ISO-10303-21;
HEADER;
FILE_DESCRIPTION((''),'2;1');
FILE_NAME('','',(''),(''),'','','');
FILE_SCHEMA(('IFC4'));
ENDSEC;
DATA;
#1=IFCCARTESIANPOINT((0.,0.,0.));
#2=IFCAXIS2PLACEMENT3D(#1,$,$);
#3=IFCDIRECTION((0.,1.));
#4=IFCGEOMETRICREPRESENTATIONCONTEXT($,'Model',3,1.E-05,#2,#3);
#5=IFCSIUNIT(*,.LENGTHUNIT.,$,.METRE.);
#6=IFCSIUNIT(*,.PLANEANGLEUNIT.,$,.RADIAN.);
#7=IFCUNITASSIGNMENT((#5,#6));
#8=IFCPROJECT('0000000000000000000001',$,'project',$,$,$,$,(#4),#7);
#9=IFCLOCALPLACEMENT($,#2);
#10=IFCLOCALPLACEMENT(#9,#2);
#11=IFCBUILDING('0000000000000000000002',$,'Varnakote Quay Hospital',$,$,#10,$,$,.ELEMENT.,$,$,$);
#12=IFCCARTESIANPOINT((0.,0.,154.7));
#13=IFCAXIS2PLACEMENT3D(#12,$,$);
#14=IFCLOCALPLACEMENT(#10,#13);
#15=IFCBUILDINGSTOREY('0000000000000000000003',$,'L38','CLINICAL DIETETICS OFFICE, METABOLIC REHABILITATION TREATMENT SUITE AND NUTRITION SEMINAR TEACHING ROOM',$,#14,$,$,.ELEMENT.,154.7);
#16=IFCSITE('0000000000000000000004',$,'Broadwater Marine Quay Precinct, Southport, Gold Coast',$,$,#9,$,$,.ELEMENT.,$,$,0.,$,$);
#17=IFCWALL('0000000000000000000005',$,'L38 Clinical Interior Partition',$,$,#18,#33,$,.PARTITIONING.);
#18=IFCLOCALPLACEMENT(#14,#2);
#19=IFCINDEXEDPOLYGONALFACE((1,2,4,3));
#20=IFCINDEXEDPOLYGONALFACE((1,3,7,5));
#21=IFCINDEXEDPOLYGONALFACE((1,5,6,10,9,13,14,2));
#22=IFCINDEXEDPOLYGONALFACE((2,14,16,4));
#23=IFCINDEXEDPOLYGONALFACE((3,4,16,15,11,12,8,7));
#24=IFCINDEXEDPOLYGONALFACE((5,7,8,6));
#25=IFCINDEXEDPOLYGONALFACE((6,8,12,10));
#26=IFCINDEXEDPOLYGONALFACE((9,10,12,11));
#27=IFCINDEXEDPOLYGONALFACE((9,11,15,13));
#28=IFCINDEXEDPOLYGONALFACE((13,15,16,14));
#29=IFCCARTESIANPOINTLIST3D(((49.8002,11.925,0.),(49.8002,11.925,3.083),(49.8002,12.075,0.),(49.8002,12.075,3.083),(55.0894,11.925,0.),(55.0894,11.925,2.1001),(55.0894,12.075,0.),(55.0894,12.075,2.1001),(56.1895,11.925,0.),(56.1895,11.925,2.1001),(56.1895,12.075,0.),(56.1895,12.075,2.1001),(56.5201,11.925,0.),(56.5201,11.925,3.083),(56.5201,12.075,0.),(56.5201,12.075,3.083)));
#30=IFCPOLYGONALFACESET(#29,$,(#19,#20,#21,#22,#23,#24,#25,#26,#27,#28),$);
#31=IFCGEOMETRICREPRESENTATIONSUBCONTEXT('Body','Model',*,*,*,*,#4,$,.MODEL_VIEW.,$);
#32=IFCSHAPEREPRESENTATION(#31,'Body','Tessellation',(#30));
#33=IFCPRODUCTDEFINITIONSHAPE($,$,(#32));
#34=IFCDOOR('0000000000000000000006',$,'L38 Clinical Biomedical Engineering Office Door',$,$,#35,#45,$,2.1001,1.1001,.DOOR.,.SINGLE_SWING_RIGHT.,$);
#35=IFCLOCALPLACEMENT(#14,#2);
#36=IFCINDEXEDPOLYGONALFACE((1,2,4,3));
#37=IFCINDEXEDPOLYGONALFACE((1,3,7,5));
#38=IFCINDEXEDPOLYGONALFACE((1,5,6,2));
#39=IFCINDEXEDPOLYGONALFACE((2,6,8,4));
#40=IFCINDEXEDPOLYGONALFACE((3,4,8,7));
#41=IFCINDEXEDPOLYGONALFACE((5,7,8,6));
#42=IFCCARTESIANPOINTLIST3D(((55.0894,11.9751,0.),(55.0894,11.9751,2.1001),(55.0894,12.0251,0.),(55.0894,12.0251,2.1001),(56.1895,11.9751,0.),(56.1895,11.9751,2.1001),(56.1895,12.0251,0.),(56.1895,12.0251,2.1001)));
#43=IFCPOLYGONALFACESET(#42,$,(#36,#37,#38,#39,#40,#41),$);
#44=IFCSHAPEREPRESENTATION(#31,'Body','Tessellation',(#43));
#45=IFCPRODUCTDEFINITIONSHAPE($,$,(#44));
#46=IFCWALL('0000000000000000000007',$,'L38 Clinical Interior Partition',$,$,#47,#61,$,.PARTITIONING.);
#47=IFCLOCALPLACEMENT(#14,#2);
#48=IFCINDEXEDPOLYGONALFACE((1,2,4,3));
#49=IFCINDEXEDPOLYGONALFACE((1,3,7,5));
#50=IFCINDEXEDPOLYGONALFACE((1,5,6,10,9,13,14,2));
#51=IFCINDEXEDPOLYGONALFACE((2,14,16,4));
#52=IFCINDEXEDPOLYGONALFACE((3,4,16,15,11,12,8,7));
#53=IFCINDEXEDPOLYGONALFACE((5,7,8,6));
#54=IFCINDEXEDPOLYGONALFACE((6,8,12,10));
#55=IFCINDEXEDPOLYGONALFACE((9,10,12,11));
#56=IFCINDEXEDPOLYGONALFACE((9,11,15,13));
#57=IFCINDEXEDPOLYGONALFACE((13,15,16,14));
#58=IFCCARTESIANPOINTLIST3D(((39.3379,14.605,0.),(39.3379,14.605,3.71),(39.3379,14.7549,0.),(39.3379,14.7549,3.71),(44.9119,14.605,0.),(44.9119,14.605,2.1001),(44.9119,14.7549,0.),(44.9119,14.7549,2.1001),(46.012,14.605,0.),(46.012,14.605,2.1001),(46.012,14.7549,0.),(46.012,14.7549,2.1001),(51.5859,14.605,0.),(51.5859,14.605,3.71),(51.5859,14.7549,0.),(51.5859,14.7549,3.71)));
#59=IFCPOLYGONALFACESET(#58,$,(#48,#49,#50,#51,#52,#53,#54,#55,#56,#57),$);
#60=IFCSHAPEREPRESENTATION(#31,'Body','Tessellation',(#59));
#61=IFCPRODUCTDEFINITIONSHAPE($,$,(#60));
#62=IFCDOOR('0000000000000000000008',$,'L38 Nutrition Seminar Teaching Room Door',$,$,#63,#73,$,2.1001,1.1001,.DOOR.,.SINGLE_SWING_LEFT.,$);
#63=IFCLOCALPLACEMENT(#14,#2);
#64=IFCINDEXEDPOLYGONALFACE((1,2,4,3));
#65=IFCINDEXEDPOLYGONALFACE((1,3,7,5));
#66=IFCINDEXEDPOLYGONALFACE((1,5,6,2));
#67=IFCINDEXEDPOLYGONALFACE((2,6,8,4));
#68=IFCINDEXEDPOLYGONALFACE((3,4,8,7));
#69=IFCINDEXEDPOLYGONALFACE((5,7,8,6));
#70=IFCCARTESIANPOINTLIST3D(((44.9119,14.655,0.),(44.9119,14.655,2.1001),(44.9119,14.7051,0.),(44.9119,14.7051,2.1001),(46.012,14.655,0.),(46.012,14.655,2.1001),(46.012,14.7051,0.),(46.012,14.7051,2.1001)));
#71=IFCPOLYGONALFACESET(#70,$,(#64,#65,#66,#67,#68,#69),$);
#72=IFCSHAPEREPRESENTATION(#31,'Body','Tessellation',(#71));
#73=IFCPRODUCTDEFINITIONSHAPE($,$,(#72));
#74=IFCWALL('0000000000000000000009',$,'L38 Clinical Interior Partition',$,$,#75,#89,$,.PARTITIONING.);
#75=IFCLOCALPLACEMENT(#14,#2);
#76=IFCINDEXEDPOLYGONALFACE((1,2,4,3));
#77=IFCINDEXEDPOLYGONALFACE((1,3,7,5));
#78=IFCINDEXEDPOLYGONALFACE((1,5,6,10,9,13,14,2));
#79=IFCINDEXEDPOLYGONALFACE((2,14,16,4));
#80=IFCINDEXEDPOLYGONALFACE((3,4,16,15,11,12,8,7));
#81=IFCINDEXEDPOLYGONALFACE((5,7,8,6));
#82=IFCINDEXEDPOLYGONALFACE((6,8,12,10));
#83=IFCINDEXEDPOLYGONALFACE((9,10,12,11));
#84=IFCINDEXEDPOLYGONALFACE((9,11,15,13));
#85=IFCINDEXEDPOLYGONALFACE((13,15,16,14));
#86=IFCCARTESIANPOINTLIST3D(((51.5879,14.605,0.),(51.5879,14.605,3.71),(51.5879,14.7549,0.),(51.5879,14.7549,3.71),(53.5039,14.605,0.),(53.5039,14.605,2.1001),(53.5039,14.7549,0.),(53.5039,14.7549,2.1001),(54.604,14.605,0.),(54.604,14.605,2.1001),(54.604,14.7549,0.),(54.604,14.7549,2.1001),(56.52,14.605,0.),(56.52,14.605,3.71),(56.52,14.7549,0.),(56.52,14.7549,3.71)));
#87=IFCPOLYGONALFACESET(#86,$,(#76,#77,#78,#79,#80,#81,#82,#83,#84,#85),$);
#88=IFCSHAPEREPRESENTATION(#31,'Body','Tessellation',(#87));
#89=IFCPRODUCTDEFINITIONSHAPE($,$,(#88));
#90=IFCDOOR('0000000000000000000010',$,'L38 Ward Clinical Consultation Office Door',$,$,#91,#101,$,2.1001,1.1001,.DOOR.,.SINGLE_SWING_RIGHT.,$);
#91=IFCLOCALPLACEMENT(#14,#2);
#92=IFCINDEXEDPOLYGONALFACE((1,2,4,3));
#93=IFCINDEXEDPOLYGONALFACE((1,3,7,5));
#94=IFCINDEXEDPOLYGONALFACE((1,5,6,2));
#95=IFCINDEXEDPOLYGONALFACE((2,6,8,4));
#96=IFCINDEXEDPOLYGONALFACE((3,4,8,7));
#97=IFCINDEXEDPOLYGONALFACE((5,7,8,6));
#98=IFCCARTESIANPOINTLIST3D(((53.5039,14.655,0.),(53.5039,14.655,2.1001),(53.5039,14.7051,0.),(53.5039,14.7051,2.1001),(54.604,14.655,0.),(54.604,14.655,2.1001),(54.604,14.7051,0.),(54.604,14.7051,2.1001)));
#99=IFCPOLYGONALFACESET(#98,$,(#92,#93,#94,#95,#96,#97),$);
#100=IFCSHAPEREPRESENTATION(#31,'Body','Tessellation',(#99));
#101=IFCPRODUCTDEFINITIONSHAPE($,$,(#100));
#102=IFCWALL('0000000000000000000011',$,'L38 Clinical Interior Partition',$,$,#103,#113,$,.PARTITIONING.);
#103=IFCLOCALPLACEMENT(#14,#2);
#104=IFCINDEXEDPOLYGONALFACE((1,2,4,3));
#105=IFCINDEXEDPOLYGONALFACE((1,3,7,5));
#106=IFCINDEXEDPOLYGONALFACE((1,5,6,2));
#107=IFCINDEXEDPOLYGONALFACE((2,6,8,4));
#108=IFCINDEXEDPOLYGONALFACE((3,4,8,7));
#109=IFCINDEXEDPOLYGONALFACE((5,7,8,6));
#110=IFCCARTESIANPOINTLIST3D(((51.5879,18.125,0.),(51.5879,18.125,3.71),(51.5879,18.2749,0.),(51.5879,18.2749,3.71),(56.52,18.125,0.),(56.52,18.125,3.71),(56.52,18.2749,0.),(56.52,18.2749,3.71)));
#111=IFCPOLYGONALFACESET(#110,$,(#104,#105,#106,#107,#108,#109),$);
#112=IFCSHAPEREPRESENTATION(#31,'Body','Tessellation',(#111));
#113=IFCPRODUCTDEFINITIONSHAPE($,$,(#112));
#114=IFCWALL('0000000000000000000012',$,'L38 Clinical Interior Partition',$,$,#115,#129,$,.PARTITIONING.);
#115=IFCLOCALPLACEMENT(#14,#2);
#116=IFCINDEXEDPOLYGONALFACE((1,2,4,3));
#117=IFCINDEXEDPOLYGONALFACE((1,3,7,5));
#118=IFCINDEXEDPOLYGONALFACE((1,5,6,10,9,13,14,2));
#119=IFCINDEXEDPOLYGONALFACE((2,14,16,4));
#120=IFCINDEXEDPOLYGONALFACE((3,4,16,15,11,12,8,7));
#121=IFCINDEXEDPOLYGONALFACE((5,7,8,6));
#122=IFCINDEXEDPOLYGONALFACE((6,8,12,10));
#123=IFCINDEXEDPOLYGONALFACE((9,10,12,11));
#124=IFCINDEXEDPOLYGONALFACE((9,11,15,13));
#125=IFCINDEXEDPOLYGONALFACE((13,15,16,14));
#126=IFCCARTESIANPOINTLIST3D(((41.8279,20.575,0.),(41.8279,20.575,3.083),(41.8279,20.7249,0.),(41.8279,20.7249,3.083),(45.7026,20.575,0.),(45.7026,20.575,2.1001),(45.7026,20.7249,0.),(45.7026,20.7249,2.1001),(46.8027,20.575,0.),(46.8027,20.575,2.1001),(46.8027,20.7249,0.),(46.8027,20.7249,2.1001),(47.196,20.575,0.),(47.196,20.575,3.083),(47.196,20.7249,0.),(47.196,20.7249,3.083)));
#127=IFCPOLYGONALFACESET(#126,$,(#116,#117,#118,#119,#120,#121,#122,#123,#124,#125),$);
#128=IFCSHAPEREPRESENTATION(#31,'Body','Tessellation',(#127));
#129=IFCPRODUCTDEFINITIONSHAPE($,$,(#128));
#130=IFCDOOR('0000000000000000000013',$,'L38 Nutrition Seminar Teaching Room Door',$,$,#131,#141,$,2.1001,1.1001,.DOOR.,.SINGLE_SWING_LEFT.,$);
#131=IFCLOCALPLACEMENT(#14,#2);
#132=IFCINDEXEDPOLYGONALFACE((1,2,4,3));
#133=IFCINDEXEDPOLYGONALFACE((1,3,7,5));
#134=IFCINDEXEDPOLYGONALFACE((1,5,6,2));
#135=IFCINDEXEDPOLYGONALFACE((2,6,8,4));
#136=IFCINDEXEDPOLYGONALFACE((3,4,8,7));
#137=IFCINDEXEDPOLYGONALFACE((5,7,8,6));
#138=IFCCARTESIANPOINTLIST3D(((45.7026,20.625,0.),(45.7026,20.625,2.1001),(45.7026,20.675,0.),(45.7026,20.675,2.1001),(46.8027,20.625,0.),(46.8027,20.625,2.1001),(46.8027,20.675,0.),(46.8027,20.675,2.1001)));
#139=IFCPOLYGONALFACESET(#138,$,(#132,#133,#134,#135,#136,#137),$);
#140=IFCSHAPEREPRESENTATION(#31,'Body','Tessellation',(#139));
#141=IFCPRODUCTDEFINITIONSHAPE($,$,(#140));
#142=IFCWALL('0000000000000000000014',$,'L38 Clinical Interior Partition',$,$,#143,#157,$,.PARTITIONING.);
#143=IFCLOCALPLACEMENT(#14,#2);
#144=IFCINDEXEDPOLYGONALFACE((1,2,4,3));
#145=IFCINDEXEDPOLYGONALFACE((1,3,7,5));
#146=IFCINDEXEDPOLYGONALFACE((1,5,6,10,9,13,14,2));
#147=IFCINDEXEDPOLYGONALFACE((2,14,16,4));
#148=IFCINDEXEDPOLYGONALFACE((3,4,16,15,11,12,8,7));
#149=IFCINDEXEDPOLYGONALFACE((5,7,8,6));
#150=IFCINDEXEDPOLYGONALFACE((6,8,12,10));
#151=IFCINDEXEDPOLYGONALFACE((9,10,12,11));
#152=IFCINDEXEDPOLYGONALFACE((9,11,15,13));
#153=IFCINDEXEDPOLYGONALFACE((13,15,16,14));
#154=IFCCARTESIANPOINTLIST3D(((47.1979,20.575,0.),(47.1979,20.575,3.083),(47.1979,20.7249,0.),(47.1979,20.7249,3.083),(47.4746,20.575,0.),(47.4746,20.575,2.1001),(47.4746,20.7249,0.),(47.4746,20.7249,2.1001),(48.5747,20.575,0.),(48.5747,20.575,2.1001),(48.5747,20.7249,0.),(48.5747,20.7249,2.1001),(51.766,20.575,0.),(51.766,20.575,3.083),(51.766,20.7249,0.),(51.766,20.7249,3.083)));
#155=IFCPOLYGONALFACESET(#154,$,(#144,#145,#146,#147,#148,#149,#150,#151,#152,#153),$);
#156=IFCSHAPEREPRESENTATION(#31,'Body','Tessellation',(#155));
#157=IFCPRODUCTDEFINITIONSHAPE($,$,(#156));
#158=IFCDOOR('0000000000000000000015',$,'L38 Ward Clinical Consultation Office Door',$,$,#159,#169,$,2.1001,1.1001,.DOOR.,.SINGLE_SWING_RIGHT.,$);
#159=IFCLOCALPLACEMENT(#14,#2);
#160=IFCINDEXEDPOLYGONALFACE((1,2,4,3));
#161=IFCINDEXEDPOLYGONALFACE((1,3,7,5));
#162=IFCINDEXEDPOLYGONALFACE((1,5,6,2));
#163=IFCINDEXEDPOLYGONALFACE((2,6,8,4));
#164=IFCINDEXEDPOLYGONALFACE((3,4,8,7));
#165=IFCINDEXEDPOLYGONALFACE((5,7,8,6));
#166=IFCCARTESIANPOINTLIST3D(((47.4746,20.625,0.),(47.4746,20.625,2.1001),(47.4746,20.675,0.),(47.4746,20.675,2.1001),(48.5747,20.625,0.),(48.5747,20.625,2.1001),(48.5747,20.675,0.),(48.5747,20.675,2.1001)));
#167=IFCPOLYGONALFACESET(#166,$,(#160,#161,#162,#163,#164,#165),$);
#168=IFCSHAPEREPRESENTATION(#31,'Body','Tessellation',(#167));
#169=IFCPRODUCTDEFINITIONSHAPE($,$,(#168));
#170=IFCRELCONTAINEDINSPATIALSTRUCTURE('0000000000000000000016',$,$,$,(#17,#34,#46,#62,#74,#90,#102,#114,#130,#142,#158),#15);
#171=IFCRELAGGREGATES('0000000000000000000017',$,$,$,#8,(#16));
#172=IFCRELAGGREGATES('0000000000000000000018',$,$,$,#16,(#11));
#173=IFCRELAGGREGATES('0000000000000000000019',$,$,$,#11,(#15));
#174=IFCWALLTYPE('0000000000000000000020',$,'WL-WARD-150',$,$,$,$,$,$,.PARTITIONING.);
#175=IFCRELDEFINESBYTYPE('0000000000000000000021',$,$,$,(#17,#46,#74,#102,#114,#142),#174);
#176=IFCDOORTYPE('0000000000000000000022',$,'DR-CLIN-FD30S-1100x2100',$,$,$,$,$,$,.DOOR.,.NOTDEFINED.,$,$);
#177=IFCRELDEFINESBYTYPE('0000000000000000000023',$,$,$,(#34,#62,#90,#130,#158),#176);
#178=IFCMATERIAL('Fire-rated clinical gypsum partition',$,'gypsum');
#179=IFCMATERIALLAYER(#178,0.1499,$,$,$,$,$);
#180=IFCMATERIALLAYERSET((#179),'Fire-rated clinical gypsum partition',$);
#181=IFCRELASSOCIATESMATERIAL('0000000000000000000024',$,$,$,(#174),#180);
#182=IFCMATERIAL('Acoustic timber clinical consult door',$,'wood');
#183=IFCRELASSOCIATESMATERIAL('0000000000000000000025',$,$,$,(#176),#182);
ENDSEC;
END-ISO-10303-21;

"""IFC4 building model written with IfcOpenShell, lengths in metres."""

from ifc_helpers import new_model, si_unit, direction, frame, frame_2d, origin, place, context, subcontext, project, spatial, rectangle, extrude, material, layer, layer_set, type_object, element, fill, save


model = new_model("IFC4")

# Units and contexts
model_context = context("Model", 3, precision=1e-05, world=origin(), true_north=direction((0.0, 1.0)))
body_context = subcontext(model_context, "Body", "Model", "MODEL_VIEW")
ifc_project = project(units=[si_unit("LENGTHUNIT", "METRE"), si_unit("PLANEANGLEUNIT", "RADIAN")], contexts=[model_context])

# Site, building, storey
site_placement = place(None, origin())
site = spatial("IfcSite", under=ifc_project, at=site_placement, Name="Broadwater Marine Quay Precinct, Southport, Gold Coast", CompositionType="ELEMENT", RefElevation=0.0)
building_placement = place(site_placement, origin())
building = spatial("IfcBuilding", under=site, at=building_placement, Name="Varnakote Quay Hospital", CompositionType="ELEMENT")
storey_placement = place(building_placement, frame((0.0, 0.0, 154.7)))
storey = spatial("IfcBuildingStorey", under=building, at=storey_placement, Name="L38", Description="CLINICAL DIETETICS OFFICE, METABOLIC REHABILITATION TREATMENT SUITE AND NUTRITION SEMINAR TEACHING ROOM", CompositionType="ELEMENT", Elevation=154.7)

# Walls, openings, doors
ifc_material_1 = material(Name="Fire-rated clinical gypsum partition", Category="gypsum")
ifc_layer_1 = layer(ifc_material_1, 0.1499)
ifc_layer_set_1 = layer_set([ifc_layer_1], Name="Fire-rated clinical gypsum partition")
wall_type_1 = type_object("IfcWallType", Name="WL-WARD-150", PredefinedType="PARTITIONING", material=ifc_layer_set_1)
wall_1_placement = place(storey_placement, frame((56.52, 12.0, 0.0), z_axis=(0.0, 0.0, 1.0), x_axis=(-1.0, 0.0, 0.0)))
wall_1 = element("IfcWall", 1, at=wall_1_placement, inside=storey, type_object=wall_type_1, Name="L38 Clinical Interior Partition", PredefinedType="PARTITIONING", context=body_context, shape_type="SweptSolid", body=[
    extrude(rectangle(XDim=6.72, YDim=0.1499, at=frame_2d((3.3599, 0.0))), origin(), (0.0, 0.0, 1.0), 3.083),
])
opening_1_placement = place(wall_1_placement, frame((0.3306, 0.0, 0.0)))
opening_1 = element("IfcOpeningElement", 2, at=opening_1_placement, cuts=wall_1, PredefinedType="OPENING", context=body_context, shape_type="SweptSolid", body=[
    extrude(rectangle(XDim=1.1001, YDim=2.1001, at=frame_2d((0.55, 1.05))), frame((0.0, 0.085, 0.0), z_axis=(0.0, -1.0, 0.0), x_axis=(1.0, 0.0, 0.0)), (0.0, 0.0, 1.0), 0.1699),
])
ifc_material_2 = material(Name="Acoustic timber clinical consult door", Category="wood")
door_type_1 = type_object("IfcDoorType", Name="DR-CLIN-FD30S-1100x2100", OperationType="NOTDEFINED", PredefinedType="DOOR", material=ifc_material_2)
door_1_placement = place(opening_1_placement, origin())
door_1 = element("IfcDoor", 3, at=door_1_placement, inside=storey, type_object=door_type_1, Name="L38 Clinical Biomedical Engineering Office Door", OperationType="SINGLE_SWING_RIGHT", OverallHeight=2.1001, OverallWidth=1.1001, PredefinedType="DOOR", context=body_context, shape_type="SweptSolid", body=[
    extrude(rectangle(XDim=1.1001, YDim=2.1001, at=frame_2d((0.55, 1.05))), frame((0.0, 0.0249, 0.0), z_axis=(0.0, -1.0, 0.0), x_axis=(1.0, 0.0, 0.0)), (0.0, 0.0, 1.0), 0.05),
])
fill(opening_1, door_1)
wall_2_placement = place(storey_placement, frame((51.5859, 14.6799, 0.0), z_axis=(0.0, 0.0, 1.0), x_axis=(-1.0, 0.0, 0.0)))
wall_2 = element("IfcWall", 4, at=wall_2_placement, inside=storey, type_object=wall_type_1, Name="L38 Clinical Interior Partition", PredefinedType="PARTITIONING", context=body_context, shape_type="SweptSolid", body=[
    extrude(rectangle(XDim=12.248, YDim=0.1499, at=frame_2d((6.124, 0.0))), origin(), (0.0, 0.0, 1.0), 3.71),
])
opening_2_placement = place(wall_2_placement, frame((5.574, 0.0, 0.0)))
opening_2 = element("IfcOpeningElement", 5, at=opening_2_placement, cuts=wall_2, PredefinedType="OPENING", context=body_context, shape_type="SweptSolid", body=[
    extrude(rectangle(XDim=1.1001, YDim=2.1001, at=frame_2d((0.55, 1.05))), frame((0.0, 0.085, 0.0), z_axis=(0.0, -1.0, 0.0), x_axis=(1.0, 0.0, 0.0)), (0.0, 0.0, 1.0), 0.1699),
])
door_2_placement = place(opening_2_placement, origin())
door_2 = element("IfcDoor", 6, at=door_2_placement, inside=storey, type_object=door_type_1, Name="L38 Nutrition Seminar Teaching Room Door", OperationType="SINGLE_SWING_LEFT", OverallHeight=2.1001, OverallWidth=1.1001, PredefinedType="DOOR", context=body_context, shape_type="SweptSolid", body=[
    extrude(rectangle(XDim=1.1001, YDim=2.1001, at=frame_2d((0.55, 1.05))), frame((0.0, 0.0249, 0.0), z_axis=(0.0, -1.0, 0.0), x_axis=(1.0, 0.0, 0.0)), (0.0, 0.0, 1.0), 0.05),
])
fill(opening_2, door_2)
wall_3_placement = place(storey_placement, frame((56.52, 14.6799, 0.0), z_axis=(0.0, 0.0, 1.0), x_axis=(-1.0, 0.0, 0.0)))
wall_3 = element("IfcWall", 7, at=wall_3_placement, inside=storey, type_object=wall_type_1, Name="L38 Clinical Interior Partition", PredefinedType="PARTITIONING", context=body_context, shape_type="SweptSolid", body=[
    extrude(rectangle(XDim=4.9321, YDim=0.1499, at=frame_2d((2.4661, 0.0))), origin(), (0.0, 0.0, 1.0), 3.71),
])
opening_3_placement = place(wall_3_placement, frame((1.916, 0.0, 0.0)))
opening_3 = element("IfcOpeningElement", 8, at=opening_3_placement, cuts=wall_3, PredefinedType="OPENING", context=body_context, shape_type="SweptSolid", body=[
    extrude(rectangle(XDim=1.1001, YDim=2.1001, at=frame_2d((0.55, 1.05))), frame((0.0, 0.085, 0.0), z_axis=(0.0, -1.0, 0.0), x_axis=(1.0, 0.0, 0.0)), (0.0, 0.0, 1.0), 0.1699),
])
door_3_placement = place(opening_3_placement, origin())
door_3 = element("IfcDoor", 9, at=door_3_placement, inside=storey, type_object=door_type_1, Name="L38 Ward Clinical Consultation Office Door", OperationType="SINGLE_SWING_RIGHT", OverallHeight=2.1001, OverallWidth=1.1001, PredefinedType="DOOR", context=body_context, shape_type="SweptSolid", body=[
    extrude(rectangle(XDim=1.1001, YDim=2.1001, at=frame_2d((0.55, 1.05))), frame((0.0, 0.0249, 0.0), z_axis=(0.0, -1.0, 0.0), x_axis=(1.0, 0.0, 0.0)), (0.0, 0.0, 1.0), 0.05),
])
fill(opening_3, door_3)

# Wall
wall_4_placement = place(storey_placement, frame((51.5879, 18.2, 0.0), z_axis=(0.0, 0.0, 1.0), x_axis=(1.0, 0.0, 0.0)))
element("IfcWall", 10, at=wall_4_placement, inside=storey, type_object=wall_type_1, Name="L38 Clinical Interior Partition", PredefinedType="PARTITIONING", context=body_context, shape_type="SweptSolid", body=[
    extrude(rectangle(XDim=4.9321, YDim=0.1499, at=frame_2d((2.4661, 0.0))), origin(), (0.0, 0.0, 1.0), 3.71),
])

# Walls, openings, doors
wall_5_placement = place(storey_placement, frame((47.196, 20.6499, 0.0), z_axis=(0.0, 0.0, 1.0), x_axis=(-1.0, 0.0, 0.0)))
wall_5 = element("IfcWall", 11, at=wall_5_placement, inside=storey, type_object=wall_type_1, Name="L38 Clinical Interior Partition", PredefinedType="PARTITIONING", context=body_context, shape_type="SweptSolid", body=[
    extrude(rectangle(XDim=5.3682, YDim=0.1499, at=frame_2d((2.6841, 0.0))), origin(), (0.0, 0.0, 1.0), 3.083),
])
opening_4_placement = place(wall_5_placement, frame((0.3933, 0.0, 0.0)))
opening_4 = element("IfcOpeningElement", 12, at=opening_4_placement, cuts=wall_5, PredefinedType="OPENING", context=body_context, shape_type="SweptSolid", body=[
    extrude(rectangle(XDim=1.1001, YDim=2.1001, at=frame_2d((0.55, 1.05))), frame((0.0, 0.085, 0.0), z_axis=(0.0, -1.0, 0.0), x_axis=(1.0, 0.0, 0.0)), (0.0, 0.0, 1.0), 0.1699),
])
door_4_placement = place(opening_4_placement, origin())
door_4 = element("IfcDoor", 13, at=door_4_placement, inside=storey, type_object=door_type_1, Name="L38 Nutrition Seminar Teaching Room Door", OperationType="SINGLE_SWING_LEFT", OverallHeight=2.1001, OverallWidth=1.1001, PredefinedType="DOOR", context=body_context, shape_type="SweptSolid", body=[
    extrude(rectangle(XDim=1.1001, YDim=2.1001, at=frame_2d((0.55, 1.05))), frame((0.0, 0.0249, 0.0), z_axis=(0.0, -1.0, 0.0), x_axis=(1.0, 0.0, 0.0)), (0.0, 0.0, 1.0), 0.05),
])
fill(opening_4, door_4)
wall_6_placement = place(storey_placement, frame((51.7661, 20.6499, 0.0), z_axis=(0.0, 0.0, 1.0), x_axis=(-1.0, 0.0, 0.0)))
wall_6 = element("IfcWall", 14, at=wall_6_placement, inside=storey, type_object=wall_type_1, Name="L38 Clinical Interior Partition", PredefinedType="PARTITIONING", context=body_context, shape_type="SweptSolid", body=[
    extrude(rectangle(XDim=4.5681, YDim=0.1499, at=frame_2d((2.2842, 0.0))), origin(), (0.0, 0.0, 1.0), 3.083),
])
opening_5_placement = place(wall_6_placement, frame((3.1914, 0.0, 0.0)))
opening_5 = element("IfcOpeningElement", 15, at=opening_5_placement, cuts=wall_6, PredefinedType="OPENING", context=body_context, shape_type="SweptSolid", body=[
    extrude(rectangle(XDim=1.1001, YDim=2.1001, at=frame_2d((0.55, 1.05))), frame((0.0, 0.085, 0.0), z_axis=(0.0, -1.0, 0.0), x_axis=(1.0, 0.0, 0.0)), (0.0, 0.0, 1.0), 0.1699),
])
door_5_placement = place(opening_5_placement, origin())
door_5 = element("IfcDoor", 16, at=door_5_placement, inside=storey, type_object=door_type_1, Name="L38 Ward Clinical Consultation Office Door", OperationType="SINGLE_SWING_RIGHT", OverallHeight=2.1001, OverallWidth=1.1001, PredefinedType="DOOR", context=body_context, shape_type="SweptSolid", body=[
    extrude(rectangle(XDim=1.1001, YDim=2.1001, at=frame_2d((0.55, 1.05))), frame((0.0, 0.0249, 0.0), z_axis=(0.0, -1.0, 0.0), x_axis=(1.0, 0.0, 0.0)), (0.0, 0.0, 1.0), 0.05),
])
fill(opening_5, door_5)

save(model, "model.ifc")
